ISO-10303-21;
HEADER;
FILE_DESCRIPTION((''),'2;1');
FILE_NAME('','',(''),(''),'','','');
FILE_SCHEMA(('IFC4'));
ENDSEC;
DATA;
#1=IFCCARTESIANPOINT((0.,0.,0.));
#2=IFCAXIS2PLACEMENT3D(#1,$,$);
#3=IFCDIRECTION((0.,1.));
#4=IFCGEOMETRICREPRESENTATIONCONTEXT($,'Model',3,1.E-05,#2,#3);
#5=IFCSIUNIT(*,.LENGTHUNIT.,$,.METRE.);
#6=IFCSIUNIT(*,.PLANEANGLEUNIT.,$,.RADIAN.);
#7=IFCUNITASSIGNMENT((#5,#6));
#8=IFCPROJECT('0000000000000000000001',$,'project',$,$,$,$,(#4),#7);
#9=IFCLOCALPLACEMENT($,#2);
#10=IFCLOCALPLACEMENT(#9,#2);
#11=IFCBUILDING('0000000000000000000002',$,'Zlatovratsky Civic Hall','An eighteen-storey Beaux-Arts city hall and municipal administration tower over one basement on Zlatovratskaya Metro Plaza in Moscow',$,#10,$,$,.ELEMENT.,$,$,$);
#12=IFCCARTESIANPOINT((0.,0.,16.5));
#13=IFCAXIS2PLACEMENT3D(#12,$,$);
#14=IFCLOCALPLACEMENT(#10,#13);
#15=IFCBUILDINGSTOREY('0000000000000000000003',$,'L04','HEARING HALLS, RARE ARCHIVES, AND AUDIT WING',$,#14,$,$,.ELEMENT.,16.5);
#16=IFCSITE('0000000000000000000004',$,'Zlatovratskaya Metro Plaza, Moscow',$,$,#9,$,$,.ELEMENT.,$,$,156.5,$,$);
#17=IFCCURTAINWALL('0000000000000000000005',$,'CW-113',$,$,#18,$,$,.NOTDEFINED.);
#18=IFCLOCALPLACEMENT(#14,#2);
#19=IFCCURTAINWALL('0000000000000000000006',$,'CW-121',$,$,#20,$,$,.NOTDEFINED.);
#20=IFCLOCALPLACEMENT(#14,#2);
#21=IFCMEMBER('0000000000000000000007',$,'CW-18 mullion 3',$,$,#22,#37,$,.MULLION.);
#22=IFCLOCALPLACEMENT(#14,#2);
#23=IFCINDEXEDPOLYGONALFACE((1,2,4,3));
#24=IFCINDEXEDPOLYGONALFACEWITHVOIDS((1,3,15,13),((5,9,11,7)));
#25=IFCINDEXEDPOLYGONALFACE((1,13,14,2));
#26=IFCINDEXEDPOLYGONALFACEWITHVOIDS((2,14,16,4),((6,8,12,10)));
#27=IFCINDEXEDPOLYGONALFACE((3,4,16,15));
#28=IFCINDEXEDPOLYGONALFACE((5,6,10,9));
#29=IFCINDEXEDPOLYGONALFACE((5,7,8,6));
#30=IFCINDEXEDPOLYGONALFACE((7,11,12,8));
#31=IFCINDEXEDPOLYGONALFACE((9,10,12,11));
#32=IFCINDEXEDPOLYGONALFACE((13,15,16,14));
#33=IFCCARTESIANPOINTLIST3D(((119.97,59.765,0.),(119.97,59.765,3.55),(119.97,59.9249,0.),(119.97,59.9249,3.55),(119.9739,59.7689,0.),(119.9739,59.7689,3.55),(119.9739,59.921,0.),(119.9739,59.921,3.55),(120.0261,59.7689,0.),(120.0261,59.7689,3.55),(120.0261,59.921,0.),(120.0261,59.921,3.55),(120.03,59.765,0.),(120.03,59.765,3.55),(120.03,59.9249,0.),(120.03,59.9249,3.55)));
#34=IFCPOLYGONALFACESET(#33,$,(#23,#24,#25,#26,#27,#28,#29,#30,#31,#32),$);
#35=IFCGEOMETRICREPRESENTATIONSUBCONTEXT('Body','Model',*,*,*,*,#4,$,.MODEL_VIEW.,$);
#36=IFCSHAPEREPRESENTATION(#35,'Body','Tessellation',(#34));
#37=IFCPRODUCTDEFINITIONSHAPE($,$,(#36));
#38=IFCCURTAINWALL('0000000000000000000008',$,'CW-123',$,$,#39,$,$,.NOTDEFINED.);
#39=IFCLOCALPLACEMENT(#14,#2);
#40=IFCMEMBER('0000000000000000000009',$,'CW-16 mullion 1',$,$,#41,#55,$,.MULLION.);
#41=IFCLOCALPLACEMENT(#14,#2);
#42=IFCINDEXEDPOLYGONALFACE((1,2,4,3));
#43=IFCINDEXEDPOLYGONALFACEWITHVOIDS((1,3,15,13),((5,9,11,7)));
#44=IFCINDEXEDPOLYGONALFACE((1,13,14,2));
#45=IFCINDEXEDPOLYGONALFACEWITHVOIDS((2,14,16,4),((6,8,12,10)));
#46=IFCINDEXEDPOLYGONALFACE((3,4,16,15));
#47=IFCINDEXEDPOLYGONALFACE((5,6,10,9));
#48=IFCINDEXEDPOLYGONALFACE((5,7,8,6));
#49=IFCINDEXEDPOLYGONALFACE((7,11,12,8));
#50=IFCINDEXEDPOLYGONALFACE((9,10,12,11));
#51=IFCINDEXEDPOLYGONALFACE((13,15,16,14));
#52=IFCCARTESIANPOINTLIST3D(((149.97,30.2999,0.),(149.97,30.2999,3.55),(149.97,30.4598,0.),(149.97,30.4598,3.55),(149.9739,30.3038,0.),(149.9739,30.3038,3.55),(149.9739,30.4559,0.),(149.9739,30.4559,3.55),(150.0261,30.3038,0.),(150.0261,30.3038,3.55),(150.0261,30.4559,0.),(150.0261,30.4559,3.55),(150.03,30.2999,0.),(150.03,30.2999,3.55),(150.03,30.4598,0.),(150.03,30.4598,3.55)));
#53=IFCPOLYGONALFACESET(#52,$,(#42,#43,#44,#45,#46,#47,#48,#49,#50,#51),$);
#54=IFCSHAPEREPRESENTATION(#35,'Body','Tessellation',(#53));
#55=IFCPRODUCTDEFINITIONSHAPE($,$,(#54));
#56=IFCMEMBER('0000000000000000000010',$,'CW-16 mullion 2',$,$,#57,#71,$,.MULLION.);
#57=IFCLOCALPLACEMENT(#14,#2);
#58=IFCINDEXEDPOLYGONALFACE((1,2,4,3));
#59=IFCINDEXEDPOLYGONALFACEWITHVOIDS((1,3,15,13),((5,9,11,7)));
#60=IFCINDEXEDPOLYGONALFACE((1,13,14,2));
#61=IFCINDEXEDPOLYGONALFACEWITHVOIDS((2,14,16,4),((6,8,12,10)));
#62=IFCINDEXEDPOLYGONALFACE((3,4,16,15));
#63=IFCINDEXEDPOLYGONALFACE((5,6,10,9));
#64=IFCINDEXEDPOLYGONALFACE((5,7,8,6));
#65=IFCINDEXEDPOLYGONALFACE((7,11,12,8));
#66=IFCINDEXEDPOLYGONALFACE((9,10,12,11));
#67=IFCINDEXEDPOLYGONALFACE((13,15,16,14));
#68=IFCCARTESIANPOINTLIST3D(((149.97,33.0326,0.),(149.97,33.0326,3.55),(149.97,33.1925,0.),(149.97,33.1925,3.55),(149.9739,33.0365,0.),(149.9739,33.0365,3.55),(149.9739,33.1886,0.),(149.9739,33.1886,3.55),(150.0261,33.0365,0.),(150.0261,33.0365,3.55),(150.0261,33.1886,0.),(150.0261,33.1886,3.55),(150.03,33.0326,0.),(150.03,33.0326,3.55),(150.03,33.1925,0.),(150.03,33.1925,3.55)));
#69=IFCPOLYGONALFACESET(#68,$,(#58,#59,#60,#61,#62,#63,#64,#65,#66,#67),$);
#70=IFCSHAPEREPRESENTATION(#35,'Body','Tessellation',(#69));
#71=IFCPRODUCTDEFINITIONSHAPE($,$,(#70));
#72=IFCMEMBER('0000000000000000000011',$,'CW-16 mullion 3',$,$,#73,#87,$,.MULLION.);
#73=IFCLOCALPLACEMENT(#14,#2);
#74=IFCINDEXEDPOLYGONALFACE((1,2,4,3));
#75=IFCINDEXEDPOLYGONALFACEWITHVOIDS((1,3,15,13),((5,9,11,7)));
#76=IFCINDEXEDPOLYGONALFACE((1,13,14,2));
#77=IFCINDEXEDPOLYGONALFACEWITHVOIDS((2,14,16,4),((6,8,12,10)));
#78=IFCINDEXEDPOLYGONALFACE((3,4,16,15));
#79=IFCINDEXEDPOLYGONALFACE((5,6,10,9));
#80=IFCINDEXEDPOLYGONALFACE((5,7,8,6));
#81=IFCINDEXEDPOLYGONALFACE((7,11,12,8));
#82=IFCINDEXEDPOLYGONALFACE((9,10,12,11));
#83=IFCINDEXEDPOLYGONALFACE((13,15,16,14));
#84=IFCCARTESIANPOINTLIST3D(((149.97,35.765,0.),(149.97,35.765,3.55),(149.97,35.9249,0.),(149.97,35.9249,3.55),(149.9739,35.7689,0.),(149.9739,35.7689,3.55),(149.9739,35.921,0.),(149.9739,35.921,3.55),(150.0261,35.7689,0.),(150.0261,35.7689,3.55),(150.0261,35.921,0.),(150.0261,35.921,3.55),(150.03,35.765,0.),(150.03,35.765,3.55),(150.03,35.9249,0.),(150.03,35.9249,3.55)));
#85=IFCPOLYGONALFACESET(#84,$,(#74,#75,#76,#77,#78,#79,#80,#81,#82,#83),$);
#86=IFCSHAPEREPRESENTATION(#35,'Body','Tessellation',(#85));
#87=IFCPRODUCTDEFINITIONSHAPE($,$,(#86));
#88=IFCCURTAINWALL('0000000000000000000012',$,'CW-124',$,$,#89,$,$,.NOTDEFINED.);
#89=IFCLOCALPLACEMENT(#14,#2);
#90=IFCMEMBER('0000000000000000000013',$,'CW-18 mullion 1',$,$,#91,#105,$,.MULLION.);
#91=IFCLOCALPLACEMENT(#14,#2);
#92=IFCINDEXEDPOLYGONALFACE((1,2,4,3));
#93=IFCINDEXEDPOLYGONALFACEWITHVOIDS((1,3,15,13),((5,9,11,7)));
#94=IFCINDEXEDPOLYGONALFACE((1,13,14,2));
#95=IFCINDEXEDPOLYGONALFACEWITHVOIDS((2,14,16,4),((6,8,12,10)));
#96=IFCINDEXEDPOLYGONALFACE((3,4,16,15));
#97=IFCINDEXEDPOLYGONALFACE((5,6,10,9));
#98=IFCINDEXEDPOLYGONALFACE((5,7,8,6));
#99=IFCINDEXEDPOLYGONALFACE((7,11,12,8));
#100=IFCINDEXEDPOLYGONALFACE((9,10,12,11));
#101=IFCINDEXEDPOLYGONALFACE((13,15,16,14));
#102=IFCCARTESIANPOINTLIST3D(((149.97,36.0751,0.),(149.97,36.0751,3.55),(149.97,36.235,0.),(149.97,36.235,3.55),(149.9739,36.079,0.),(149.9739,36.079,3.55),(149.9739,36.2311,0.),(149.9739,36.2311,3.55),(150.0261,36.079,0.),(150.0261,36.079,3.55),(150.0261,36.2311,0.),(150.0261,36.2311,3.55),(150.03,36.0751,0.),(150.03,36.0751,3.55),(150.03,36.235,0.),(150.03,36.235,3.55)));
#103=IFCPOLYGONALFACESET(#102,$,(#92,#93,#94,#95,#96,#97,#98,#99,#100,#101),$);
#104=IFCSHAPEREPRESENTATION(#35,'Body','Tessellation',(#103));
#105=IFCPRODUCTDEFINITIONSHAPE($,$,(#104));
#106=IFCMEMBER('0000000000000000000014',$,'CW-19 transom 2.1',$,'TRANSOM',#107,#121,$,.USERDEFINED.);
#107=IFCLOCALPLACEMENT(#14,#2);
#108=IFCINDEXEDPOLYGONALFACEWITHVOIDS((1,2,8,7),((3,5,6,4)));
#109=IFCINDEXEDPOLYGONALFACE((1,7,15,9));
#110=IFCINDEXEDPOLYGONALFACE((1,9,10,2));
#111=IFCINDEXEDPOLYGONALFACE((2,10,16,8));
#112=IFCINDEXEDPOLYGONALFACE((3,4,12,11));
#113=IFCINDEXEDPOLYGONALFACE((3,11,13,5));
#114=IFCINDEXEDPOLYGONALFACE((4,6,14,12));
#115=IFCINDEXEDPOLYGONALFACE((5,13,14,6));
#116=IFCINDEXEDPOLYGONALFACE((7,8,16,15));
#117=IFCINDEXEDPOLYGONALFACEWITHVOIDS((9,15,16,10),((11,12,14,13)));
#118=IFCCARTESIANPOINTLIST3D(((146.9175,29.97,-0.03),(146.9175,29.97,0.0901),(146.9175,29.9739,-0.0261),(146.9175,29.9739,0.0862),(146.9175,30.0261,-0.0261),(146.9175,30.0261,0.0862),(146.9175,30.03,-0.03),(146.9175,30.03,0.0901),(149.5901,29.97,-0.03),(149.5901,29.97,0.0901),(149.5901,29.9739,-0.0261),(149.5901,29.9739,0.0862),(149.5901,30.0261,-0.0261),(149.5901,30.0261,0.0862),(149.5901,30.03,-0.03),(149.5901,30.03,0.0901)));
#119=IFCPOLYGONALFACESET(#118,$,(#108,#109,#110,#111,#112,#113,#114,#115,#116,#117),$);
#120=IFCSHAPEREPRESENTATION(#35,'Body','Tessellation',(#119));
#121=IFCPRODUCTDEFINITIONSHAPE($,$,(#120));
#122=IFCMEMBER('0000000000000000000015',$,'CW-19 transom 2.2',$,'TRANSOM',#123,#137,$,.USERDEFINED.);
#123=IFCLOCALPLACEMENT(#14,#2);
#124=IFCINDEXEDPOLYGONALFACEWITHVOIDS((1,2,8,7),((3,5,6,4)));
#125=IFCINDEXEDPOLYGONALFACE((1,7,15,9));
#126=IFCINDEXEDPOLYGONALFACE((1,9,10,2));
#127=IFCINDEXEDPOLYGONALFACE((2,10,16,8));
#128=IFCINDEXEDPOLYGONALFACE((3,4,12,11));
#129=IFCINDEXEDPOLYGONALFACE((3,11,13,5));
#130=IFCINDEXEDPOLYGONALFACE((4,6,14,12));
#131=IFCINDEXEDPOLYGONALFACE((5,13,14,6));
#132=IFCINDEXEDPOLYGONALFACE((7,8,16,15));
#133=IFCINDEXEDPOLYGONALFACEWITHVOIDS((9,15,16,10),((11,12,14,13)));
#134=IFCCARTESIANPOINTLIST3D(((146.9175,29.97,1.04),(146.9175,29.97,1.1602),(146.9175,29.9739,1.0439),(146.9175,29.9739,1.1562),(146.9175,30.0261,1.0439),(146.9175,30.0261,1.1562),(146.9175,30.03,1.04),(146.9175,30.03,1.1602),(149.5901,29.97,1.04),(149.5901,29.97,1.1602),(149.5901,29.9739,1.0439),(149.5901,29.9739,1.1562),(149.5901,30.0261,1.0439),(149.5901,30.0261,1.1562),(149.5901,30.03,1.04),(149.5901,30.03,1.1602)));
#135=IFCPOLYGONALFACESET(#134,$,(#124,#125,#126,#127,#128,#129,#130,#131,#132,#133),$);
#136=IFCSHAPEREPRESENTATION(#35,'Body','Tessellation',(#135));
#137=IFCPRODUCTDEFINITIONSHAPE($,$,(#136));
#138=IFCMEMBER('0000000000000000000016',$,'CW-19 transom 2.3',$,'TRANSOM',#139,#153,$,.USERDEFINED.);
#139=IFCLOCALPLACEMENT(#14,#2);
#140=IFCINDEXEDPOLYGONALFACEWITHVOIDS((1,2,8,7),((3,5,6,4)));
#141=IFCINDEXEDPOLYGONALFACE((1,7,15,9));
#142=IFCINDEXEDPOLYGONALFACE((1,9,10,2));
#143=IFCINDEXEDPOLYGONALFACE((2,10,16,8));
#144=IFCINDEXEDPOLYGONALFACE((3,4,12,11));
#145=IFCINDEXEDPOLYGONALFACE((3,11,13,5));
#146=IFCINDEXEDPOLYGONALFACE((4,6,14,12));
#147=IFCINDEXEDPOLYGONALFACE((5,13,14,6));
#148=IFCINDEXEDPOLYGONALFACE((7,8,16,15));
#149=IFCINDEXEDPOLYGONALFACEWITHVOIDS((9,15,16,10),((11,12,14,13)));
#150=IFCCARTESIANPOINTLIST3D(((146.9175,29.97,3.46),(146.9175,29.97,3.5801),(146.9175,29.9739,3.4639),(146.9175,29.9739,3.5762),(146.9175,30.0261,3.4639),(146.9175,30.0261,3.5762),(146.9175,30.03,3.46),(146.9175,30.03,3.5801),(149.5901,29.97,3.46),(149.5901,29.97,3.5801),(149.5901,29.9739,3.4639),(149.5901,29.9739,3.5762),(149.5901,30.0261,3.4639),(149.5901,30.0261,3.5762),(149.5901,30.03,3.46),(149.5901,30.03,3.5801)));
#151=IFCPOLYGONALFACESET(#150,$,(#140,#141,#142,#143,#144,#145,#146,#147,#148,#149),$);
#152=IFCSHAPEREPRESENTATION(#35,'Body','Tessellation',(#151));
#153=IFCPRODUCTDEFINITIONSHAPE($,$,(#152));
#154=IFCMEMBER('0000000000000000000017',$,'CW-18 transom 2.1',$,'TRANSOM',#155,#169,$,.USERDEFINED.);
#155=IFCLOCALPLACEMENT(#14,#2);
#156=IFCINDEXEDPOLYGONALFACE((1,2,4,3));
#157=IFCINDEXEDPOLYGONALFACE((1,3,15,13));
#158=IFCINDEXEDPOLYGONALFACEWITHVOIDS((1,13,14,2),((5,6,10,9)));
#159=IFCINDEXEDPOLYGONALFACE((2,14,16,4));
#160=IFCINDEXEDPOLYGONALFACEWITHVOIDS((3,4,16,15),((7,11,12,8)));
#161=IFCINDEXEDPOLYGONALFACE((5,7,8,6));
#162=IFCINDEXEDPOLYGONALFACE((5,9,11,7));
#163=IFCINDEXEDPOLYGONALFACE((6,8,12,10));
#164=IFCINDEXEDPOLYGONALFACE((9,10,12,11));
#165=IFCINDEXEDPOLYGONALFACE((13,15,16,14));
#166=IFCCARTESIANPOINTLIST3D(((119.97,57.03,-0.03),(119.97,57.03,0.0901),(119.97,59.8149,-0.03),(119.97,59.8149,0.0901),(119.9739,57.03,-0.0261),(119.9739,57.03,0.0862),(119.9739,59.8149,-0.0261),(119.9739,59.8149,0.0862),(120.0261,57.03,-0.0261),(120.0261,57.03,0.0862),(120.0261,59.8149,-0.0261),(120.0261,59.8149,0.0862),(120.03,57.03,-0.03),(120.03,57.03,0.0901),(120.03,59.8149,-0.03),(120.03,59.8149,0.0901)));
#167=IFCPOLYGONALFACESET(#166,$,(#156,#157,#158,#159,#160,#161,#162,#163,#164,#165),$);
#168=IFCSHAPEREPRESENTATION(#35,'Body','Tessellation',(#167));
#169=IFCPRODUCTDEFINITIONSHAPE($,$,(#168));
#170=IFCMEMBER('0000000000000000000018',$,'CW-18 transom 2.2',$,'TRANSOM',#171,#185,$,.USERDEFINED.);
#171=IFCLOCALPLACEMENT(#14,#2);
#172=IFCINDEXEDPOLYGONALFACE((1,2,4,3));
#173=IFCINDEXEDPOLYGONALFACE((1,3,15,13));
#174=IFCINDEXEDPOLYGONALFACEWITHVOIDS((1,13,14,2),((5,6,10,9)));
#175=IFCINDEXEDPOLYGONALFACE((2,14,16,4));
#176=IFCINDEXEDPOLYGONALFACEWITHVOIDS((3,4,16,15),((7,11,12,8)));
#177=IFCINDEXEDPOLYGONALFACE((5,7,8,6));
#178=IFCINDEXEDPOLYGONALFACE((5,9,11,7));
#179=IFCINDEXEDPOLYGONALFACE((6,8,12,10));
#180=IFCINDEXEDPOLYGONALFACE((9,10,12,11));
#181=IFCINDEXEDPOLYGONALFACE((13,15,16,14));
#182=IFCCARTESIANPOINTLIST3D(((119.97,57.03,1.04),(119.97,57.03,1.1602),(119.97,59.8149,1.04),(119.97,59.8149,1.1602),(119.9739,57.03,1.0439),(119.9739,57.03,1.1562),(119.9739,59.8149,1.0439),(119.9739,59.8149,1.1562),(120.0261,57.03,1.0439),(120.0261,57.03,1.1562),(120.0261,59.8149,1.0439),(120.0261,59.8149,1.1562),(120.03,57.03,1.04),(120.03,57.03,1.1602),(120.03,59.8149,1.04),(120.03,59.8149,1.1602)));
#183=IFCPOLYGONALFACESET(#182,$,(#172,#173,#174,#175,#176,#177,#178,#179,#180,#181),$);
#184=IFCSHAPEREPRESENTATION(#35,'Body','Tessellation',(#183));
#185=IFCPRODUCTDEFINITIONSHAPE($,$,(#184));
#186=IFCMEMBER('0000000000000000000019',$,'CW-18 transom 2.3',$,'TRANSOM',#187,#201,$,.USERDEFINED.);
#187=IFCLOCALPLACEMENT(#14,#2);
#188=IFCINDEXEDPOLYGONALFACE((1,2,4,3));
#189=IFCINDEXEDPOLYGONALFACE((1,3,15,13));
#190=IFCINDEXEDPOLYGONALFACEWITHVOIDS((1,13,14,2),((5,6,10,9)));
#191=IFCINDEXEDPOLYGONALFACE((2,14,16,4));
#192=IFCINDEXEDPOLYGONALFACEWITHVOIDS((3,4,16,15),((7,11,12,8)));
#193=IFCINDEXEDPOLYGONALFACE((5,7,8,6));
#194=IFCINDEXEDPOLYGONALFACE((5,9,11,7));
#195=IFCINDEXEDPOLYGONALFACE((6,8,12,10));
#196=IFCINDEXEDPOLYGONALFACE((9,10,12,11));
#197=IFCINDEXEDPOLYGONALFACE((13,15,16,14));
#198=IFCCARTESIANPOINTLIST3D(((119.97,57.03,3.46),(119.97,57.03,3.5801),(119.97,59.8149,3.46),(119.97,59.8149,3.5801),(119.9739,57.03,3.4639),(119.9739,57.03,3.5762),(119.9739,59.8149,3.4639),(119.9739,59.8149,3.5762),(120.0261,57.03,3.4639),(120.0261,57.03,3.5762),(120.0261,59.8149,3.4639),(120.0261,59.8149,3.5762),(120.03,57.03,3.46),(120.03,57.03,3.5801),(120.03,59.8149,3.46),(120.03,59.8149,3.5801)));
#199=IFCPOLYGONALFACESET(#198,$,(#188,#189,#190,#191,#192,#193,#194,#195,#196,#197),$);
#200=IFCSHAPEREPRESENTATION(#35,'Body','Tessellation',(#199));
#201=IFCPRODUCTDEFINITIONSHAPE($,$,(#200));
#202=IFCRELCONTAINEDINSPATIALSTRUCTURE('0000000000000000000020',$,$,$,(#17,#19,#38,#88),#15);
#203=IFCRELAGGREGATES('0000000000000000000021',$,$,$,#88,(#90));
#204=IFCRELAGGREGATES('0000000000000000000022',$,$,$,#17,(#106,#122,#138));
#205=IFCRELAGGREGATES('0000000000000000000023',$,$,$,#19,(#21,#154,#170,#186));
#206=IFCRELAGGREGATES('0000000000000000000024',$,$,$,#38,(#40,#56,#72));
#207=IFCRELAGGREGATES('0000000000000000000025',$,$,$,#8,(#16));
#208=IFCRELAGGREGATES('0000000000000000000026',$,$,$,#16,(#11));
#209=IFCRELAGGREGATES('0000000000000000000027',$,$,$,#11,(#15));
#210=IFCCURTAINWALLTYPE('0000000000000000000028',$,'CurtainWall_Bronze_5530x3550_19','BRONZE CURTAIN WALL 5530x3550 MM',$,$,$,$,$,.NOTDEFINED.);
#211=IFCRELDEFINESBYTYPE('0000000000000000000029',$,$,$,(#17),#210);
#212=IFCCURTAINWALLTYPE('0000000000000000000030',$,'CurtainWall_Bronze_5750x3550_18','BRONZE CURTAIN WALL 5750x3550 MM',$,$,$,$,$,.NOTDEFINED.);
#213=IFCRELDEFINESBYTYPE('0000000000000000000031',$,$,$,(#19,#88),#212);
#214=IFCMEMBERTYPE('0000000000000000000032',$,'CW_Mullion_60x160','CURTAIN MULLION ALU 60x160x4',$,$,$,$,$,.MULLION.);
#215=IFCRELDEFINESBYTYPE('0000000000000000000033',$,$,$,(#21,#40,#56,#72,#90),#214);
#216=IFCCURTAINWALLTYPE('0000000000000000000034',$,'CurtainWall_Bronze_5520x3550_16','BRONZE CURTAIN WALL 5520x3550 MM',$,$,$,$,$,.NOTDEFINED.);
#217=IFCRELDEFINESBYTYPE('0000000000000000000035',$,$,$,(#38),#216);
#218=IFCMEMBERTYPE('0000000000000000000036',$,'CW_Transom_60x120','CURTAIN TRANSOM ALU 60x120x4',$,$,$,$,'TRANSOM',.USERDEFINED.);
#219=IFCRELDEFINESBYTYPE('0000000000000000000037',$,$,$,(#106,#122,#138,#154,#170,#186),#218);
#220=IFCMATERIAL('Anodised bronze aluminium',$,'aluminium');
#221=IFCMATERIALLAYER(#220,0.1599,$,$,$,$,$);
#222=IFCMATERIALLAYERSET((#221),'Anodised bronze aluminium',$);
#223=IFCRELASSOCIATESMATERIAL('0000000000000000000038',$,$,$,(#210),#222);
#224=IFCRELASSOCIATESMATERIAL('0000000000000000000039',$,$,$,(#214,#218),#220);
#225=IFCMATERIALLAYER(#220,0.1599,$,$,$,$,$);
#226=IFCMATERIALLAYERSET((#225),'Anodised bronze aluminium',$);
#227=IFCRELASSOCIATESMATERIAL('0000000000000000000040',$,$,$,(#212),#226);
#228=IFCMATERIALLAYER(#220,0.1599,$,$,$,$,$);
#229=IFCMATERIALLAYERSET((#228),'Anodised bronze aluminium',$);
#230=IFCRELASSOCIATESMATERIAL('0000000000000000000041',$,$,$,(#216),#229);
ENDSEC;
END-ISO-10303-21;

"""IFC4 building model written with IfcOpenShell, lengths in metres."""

from ifc_helpers import new_model, si_unit, direction, frame, origin, origin_2d, place, context, subcontext, project, spatial, hollow_rectangle, extrude, material, layer, layer_set, material_profile, profile_set, type_object, element, aggregate, save


model = new_model("IFC4")

# Units and contexts
model_context = context("Model", 3, precision=1e-05, world=origin(), true_north=direction((0.0, 1.0)))
body_context = subcontext(model_context, "Body", "Model", "MODEL_VIEW")
ifc_project = project(units=[si_unit("LENGTHUNIT", "METRE"), si_unit("PLANEANGLEUNIT", "RADIAN")], contexts=[model_context])

# Site, building, storey
site_placement = place(None, origin())
site = spatial("IfcSite", under=ifc_project, at=site_placement, Name="Zlatovratskaya Metro Plaza, Moscow", CompositionType="ELEMENT", RefElevation=156.5)
building_placement = place(site_placement, origin())
building = spatial("IfcBuilding", under=site, at=building_placement, Name="Zlatovratsky Civic Hall", Description="An eighteen-storey Beaux-Arts city hall and municipal administration tower over one basement on Zlatovratskaya Metro Plaza in Moscow", CompositionType="ELEMENT")
storey_placement = place(building_placement, frame((0.0, 0.0, 16.5)))
storey = spatial("IfcBuildingStorey", under=building, at=storey_placement, Name="L04", Description="HEARING HALLS, RARE ARCHIVES, AND AUDIT WING", CompositionType="ELEMENT", Elevation=16.5)

# Curtain walls, member
ifc_material_1 = material(Name="Anodised bronze aluminium", Category="aluminium")
ifc_layer_1 = layer(ifc_material_1, 0.1599)
ifc_layer_set_1 = layer_set([ifc_layer_1], Name="Anodised bronze aluminium")
curtain_wall_type_1 = type_object("IfcCurtainWallType", Name="CurtainWall_Bronze_5530x3550_19", Description="BRONZE CURTAIN WALL 5530x3550 MM", PredefinedType="NOTDEFINED", material=ifc_layer_set_1)
curtain_wall_1_placement = place(storey_placement, origin())
curtain_wall_1 = element("IfcCurtainWall", 1, at=curtain_wall_1_placement, inside=storey, type_object=curtain_wall_type_1, Name="CW-113", PredefinedType="NOTDEFINED")
ifc_material_profile_1 = material_profile(ifc_material_1, hollow_rectangle(XDim=0.0601, YDim=0.1599, WallThickness=0.0039, at=origin_2d()), Name="ALU 60x160x4")
ifc_profile_set_1 = profile_set([ifc_material_profile_1], Name="Anodised bronze aluminium")
member_type_1 = type_object("IfcMemberType", Name="CW_Mullion_60x160", Description="CURTAIN MULLION ALU 60x160x4", PredefinedType="MULLION", material=ifc_profile_set_1)
ifc_layer_2 = layer(ifc_material_1, 0.1599)
ifc_layer_set_2 = layer_set([ifc_layer_2], Name="Anodised bronze aluminium")
curtain_wall_type_2 = type_object("IfcCurtainWallType", Name="CurtainWall_Bronze_5750x3550_18", Description="BRONZE CURTAIN WALL 5750x3550 MM", PredefinedType="NOTDEFINED", material=ifc_layer_set_2)
curtain_wall_2_placement = place(storey_placement, origin())
curtain_wall_2 = element("IfcCurtainWall", 2, at=curtain_wall_2_placement, inside=storey, type_object=curtain_wall_type_2, Name="CW-121", PredefinedType="NOTDEFINED")
member_1_placement = place(storey_placement, frame((120.0, 59.845, 0.0), z_axis=(0.0, 0.0, 1.0), x_axis=(-1.0, 0.0, 0.0)))
member_1 = element("IfcMember", 3, at=member_1_placement, type_object=member_type_1, Name="CW-18 mullion 3", PredefinedType="MULLION", context=body_context, shape_type="SweptSolid", body=[
    extrude(hollow_rectangle(XDim=0.0601, YDim=0.1599, WallThickness=0.0039, at=origin_2d()), origin(), (0.0, 0.0, 1.0), 3.55),
])

# Curtain wall, members
ifc_layer_3 = layer(ifc_material_1, 0.1599)
ifc_layer_set_3 = layer_set([ifc_layer_3], Name="Anodised bronze aluminium")
curtain_wall_type_3 = type_object("IfcCurtainWallType", Name="CurtainWall_Bronze_5520x3550_16", Description="BRONZE CURTAIN WALL 5520x3550 MM", PredefinedType="NOTDEFINED", material=ifc_layer_set_3)
curtain_wall_3_placement = place(storey_placement, origin())
curtain_wall_3 = element("IfcCurtainWall", 4, at=curtain_wall_3_placement, inside=storey, type_object=curtain_wall_type_3, Name="CW-123", PredefinedType="NOTDEFINED")
member_2_placement = place(storey_placement, frame((150.0, 30.3799, 0.0), z_axis=(0.0, 0.0, 1.0), x_axis=(-1.0, 0.0, 0.0)))
member_2 = element("IfcMember", 5, at=member_2_placement, type_object=member_type_1, Name="CW-16 mullion 1", PredefinedType="MULLION", context=body_context, shape_type="SweptSolid", body=[
    extrude(hollow_rectangle(XDim=0.0601, YDim=0.1599, WallThickness=0.0039, at=origin_2d()), origin(), (0.0, 0.0, 1.0), 3.55),
])
member_3_placement = place(storey_placement, frame((150.0, 33.1125, 0.0), z_axis=(0.0, 0.0, 1.0), x_axis=(-1.0, 0.0, 0.0)))
member_3 = element("IfcMember", 6, at=member_3_placement, type_object=member_type_1, Name="CW-16 mullion 2", PredefinedType="MULLION", context=body_context, shape_type="SweptSolid", body=[
    extrude(hollow_rectangle(XDim=0.0601, YDim=0.1599, WallThickness=0.0039, at=origin_2d()), origin(), (0.0, 0.0, 1.0), 3.55),
])
member_4_placement = place(storey_placement, frame((150.0, 35.845, 0.0), z_axis=(0.0, 0.0, 1.0), x_axis=(-1.0, 0.0, 0.0)))
member_4 = element("IfcMember", 7, at=member_4_placement, type_object=member_type_1, Name="CW-16 mullion 3", PredefinedType="MULLION", context=body_context, shape_type="SweptSolid", body=[
    extrude(hollow_rectangle(XDim=0.0601, YDim=0.1599, WallThickness=0.0039, at=origin_2d()), origin(), (0.0, 0.0, 1.0), 3.55),
])

# Curtain wall, member
curtain_wall_4_placement = place(storey_placement, origin())
curtain_wall_4 = element("IfcCurtainWall", 8, at=curtain_wall_4_placement, inside=storey, type_object=curtain_wall_type_2, Name="CW-124", PredefinedType="NOTDEFINED")
member_5_placement = place(storey_placement, frame((150.0, 36.155, 0.0), z_axis=(0.0, 0.0, 1.0), x_axis=(-1.0, 0.0, 0.0)))
member_5 = element("IfcMember", 9, at=member_5_placement, type_object=member_type_1, Name="CW-18 mullion 1", PredefinedType="MULLION", context=body_context, shape_type="SweptSolid", body=[
    extrude(hollow_rectangle(XDim=0.0601, YDim=0.1599, WallThickness=0.0039, at=origin_2d()), origin(), (0.0, 0.0, 1.0), 3.55),
])

# Members
ifc_material_profile_2 = material_profile(ifc_material_1, hollow_rectangle(XDim=0.0601, YDim=0.1201, WallThickness=0.0039, at=origin_2d()), Name="ALU 60x120x4")
ifc_profile_set_2 = profile_set([ifc_material_profile_2], Name="Anodised bronze aluminium")
member_type_2 = type_object("IfcMemberType", Name="CW_Transom_60x120", Description="CURTAIN TRANSOM ALU 60x120x4", ElementType="TRANSOM", PredefinedType="USERDEFINED", material=ifc_profile_set_2)
member_6_placement = place(storey_placement, frame((146.9175, 30.0, 0.03), z_axis=(1.0, 0.0, 0.0), x_axis=(0.0, 1.0, 0.0)))
member_6 = element("IfcMember", 10, at=member_6_placement, type_object=member_type_2, Name="CW-19 transom 2.1", ObjectType="TRANSOM", PredefinedType="USERDEFINED", context=body_context, shape_type="SweptSolid", body=[
    extrude(hollow_rectangle(XDim=0.0601, YDim=0.1201, WallThickness=0.0039, at=origin_2d()), origin(), (0.0, 0.0, 1.0), 2.6726),
])
member_7_placement = place(storey_placement, frame((146.9175, 30.0, 1.1001), z_axis=(1.0, 0.0, 0.0), x_axis=(0.0, 1.0, 0.0)))
member_7 = element("IfcMember", 11, at=member_7_placement, type_object=member_type_2, Name="CW-19 transom 2.2", ObjectType="TRANSOM", PredefinedType="USERDEFINED", context=body_context, shape_type="SweptSolid", body=[
    extrude(hollow_rectangle(XDim=0.0601, YDim=0.1201, WallThickness=0.0039, at=origin_2d()), origin(), (0.0, 0.0, 1.0), 2.6726),
])
member_8_placement = place(storey_placement, frame((146.9175, 30.0, 3.52), z_axis=(1.0, 0.0, 0.0), x_axis=(0.0, 1.0, 0.0)))
member_8 = element("IfcMember", 12, at=member_8_placement, type_object=member_type_2, Name="CW-19 transom 2.3", ObjectType="TRANSOM", PredefinedType="USERDEFINED", context=body_context, shape_type="SweptSolid", body=[
    extrude(hollow_rectangle(XDim=0.0601, YDim=0.1201, WallThickness=0.0039, at=origin_2d()), origin(), (0.0, 0.0, 1.0), 2.6726),
])
member_9_placement = place(storey_placement, frame((120.0, 57.03, 0.03), z_axis=(0.0, 1.0, 0.0), x_axis=(-1.0, 0.0, 0.0)))
member_9 = element("IfcMember", 13, at=member_9_placement, type_object=member_type_2, Name="CW-18 transom 2.1", ObjectType="TRANSOM", PredefinedType="USERDEFINED", context=body_context, shape_type="SweptSolid", body=[
    extrude(hollow_rectangle(XDim=0.0601, YDim=0.1201, WallThickness=0.0039, at=origin_2d()), origin(), (0.0, 0.0, 1.0), 2.7849),
])
member_10_placement = place(storey_placement, frame((120.0, 57.03, 1.1001), z_axis=(0.0, 1.0, 0.0), x_axis=(-1.0, 0.0, 0.0)))
member_10 = element("IfcMember", 14, at=member_10_placement, type_object=member_type_2, Name="CW-18 transom 2.2", ObjectType="TRANSOM", PredefinedType="USERDEFINED", context=body_context, shape_type="SweptSolid", body=[
    extrude(hollow_rectangle(XDim=0.0601, YDim=0.1201, WallThickness=0.0039, at=origin_2d()), origin(), (0.0, 0.0, 1.0), 2.7849),
])
member_11_placement = place(storey_placement, frame((120.0, 57.03, 3.52), z_axis=(0.0, 1.0, 0.0), x_axis=(-1.0, 0.0, 0.0)))
member_11 = element("IfcMember", 15, at=member_11_placement, type_object=member_type_2, Name="CW-18 transom 2.3", ObjectType="TRANSOM", PredefinedType="USERDEFINED", context=body_context, shape_type="SweptSolid", body=[
    extrude(hollow_rectangle(XDim=0.0601, YDim=0.1201, WallThickness=0.0039, at=origin_2d()), origin(), (0.0, 0.0, 1.0), 2.7849),
])
aggregate(curtain_wall_4, [member_5])

aggregate(curtain_wall_1, [member_6, member_7, member_8])
aggregate(curtain_wall_2, [member_1, member_9, member_10, member_11])
aggregate(curtain_wall_3, [member_2, member_3, member_4])

save(model, "model.ifc")
